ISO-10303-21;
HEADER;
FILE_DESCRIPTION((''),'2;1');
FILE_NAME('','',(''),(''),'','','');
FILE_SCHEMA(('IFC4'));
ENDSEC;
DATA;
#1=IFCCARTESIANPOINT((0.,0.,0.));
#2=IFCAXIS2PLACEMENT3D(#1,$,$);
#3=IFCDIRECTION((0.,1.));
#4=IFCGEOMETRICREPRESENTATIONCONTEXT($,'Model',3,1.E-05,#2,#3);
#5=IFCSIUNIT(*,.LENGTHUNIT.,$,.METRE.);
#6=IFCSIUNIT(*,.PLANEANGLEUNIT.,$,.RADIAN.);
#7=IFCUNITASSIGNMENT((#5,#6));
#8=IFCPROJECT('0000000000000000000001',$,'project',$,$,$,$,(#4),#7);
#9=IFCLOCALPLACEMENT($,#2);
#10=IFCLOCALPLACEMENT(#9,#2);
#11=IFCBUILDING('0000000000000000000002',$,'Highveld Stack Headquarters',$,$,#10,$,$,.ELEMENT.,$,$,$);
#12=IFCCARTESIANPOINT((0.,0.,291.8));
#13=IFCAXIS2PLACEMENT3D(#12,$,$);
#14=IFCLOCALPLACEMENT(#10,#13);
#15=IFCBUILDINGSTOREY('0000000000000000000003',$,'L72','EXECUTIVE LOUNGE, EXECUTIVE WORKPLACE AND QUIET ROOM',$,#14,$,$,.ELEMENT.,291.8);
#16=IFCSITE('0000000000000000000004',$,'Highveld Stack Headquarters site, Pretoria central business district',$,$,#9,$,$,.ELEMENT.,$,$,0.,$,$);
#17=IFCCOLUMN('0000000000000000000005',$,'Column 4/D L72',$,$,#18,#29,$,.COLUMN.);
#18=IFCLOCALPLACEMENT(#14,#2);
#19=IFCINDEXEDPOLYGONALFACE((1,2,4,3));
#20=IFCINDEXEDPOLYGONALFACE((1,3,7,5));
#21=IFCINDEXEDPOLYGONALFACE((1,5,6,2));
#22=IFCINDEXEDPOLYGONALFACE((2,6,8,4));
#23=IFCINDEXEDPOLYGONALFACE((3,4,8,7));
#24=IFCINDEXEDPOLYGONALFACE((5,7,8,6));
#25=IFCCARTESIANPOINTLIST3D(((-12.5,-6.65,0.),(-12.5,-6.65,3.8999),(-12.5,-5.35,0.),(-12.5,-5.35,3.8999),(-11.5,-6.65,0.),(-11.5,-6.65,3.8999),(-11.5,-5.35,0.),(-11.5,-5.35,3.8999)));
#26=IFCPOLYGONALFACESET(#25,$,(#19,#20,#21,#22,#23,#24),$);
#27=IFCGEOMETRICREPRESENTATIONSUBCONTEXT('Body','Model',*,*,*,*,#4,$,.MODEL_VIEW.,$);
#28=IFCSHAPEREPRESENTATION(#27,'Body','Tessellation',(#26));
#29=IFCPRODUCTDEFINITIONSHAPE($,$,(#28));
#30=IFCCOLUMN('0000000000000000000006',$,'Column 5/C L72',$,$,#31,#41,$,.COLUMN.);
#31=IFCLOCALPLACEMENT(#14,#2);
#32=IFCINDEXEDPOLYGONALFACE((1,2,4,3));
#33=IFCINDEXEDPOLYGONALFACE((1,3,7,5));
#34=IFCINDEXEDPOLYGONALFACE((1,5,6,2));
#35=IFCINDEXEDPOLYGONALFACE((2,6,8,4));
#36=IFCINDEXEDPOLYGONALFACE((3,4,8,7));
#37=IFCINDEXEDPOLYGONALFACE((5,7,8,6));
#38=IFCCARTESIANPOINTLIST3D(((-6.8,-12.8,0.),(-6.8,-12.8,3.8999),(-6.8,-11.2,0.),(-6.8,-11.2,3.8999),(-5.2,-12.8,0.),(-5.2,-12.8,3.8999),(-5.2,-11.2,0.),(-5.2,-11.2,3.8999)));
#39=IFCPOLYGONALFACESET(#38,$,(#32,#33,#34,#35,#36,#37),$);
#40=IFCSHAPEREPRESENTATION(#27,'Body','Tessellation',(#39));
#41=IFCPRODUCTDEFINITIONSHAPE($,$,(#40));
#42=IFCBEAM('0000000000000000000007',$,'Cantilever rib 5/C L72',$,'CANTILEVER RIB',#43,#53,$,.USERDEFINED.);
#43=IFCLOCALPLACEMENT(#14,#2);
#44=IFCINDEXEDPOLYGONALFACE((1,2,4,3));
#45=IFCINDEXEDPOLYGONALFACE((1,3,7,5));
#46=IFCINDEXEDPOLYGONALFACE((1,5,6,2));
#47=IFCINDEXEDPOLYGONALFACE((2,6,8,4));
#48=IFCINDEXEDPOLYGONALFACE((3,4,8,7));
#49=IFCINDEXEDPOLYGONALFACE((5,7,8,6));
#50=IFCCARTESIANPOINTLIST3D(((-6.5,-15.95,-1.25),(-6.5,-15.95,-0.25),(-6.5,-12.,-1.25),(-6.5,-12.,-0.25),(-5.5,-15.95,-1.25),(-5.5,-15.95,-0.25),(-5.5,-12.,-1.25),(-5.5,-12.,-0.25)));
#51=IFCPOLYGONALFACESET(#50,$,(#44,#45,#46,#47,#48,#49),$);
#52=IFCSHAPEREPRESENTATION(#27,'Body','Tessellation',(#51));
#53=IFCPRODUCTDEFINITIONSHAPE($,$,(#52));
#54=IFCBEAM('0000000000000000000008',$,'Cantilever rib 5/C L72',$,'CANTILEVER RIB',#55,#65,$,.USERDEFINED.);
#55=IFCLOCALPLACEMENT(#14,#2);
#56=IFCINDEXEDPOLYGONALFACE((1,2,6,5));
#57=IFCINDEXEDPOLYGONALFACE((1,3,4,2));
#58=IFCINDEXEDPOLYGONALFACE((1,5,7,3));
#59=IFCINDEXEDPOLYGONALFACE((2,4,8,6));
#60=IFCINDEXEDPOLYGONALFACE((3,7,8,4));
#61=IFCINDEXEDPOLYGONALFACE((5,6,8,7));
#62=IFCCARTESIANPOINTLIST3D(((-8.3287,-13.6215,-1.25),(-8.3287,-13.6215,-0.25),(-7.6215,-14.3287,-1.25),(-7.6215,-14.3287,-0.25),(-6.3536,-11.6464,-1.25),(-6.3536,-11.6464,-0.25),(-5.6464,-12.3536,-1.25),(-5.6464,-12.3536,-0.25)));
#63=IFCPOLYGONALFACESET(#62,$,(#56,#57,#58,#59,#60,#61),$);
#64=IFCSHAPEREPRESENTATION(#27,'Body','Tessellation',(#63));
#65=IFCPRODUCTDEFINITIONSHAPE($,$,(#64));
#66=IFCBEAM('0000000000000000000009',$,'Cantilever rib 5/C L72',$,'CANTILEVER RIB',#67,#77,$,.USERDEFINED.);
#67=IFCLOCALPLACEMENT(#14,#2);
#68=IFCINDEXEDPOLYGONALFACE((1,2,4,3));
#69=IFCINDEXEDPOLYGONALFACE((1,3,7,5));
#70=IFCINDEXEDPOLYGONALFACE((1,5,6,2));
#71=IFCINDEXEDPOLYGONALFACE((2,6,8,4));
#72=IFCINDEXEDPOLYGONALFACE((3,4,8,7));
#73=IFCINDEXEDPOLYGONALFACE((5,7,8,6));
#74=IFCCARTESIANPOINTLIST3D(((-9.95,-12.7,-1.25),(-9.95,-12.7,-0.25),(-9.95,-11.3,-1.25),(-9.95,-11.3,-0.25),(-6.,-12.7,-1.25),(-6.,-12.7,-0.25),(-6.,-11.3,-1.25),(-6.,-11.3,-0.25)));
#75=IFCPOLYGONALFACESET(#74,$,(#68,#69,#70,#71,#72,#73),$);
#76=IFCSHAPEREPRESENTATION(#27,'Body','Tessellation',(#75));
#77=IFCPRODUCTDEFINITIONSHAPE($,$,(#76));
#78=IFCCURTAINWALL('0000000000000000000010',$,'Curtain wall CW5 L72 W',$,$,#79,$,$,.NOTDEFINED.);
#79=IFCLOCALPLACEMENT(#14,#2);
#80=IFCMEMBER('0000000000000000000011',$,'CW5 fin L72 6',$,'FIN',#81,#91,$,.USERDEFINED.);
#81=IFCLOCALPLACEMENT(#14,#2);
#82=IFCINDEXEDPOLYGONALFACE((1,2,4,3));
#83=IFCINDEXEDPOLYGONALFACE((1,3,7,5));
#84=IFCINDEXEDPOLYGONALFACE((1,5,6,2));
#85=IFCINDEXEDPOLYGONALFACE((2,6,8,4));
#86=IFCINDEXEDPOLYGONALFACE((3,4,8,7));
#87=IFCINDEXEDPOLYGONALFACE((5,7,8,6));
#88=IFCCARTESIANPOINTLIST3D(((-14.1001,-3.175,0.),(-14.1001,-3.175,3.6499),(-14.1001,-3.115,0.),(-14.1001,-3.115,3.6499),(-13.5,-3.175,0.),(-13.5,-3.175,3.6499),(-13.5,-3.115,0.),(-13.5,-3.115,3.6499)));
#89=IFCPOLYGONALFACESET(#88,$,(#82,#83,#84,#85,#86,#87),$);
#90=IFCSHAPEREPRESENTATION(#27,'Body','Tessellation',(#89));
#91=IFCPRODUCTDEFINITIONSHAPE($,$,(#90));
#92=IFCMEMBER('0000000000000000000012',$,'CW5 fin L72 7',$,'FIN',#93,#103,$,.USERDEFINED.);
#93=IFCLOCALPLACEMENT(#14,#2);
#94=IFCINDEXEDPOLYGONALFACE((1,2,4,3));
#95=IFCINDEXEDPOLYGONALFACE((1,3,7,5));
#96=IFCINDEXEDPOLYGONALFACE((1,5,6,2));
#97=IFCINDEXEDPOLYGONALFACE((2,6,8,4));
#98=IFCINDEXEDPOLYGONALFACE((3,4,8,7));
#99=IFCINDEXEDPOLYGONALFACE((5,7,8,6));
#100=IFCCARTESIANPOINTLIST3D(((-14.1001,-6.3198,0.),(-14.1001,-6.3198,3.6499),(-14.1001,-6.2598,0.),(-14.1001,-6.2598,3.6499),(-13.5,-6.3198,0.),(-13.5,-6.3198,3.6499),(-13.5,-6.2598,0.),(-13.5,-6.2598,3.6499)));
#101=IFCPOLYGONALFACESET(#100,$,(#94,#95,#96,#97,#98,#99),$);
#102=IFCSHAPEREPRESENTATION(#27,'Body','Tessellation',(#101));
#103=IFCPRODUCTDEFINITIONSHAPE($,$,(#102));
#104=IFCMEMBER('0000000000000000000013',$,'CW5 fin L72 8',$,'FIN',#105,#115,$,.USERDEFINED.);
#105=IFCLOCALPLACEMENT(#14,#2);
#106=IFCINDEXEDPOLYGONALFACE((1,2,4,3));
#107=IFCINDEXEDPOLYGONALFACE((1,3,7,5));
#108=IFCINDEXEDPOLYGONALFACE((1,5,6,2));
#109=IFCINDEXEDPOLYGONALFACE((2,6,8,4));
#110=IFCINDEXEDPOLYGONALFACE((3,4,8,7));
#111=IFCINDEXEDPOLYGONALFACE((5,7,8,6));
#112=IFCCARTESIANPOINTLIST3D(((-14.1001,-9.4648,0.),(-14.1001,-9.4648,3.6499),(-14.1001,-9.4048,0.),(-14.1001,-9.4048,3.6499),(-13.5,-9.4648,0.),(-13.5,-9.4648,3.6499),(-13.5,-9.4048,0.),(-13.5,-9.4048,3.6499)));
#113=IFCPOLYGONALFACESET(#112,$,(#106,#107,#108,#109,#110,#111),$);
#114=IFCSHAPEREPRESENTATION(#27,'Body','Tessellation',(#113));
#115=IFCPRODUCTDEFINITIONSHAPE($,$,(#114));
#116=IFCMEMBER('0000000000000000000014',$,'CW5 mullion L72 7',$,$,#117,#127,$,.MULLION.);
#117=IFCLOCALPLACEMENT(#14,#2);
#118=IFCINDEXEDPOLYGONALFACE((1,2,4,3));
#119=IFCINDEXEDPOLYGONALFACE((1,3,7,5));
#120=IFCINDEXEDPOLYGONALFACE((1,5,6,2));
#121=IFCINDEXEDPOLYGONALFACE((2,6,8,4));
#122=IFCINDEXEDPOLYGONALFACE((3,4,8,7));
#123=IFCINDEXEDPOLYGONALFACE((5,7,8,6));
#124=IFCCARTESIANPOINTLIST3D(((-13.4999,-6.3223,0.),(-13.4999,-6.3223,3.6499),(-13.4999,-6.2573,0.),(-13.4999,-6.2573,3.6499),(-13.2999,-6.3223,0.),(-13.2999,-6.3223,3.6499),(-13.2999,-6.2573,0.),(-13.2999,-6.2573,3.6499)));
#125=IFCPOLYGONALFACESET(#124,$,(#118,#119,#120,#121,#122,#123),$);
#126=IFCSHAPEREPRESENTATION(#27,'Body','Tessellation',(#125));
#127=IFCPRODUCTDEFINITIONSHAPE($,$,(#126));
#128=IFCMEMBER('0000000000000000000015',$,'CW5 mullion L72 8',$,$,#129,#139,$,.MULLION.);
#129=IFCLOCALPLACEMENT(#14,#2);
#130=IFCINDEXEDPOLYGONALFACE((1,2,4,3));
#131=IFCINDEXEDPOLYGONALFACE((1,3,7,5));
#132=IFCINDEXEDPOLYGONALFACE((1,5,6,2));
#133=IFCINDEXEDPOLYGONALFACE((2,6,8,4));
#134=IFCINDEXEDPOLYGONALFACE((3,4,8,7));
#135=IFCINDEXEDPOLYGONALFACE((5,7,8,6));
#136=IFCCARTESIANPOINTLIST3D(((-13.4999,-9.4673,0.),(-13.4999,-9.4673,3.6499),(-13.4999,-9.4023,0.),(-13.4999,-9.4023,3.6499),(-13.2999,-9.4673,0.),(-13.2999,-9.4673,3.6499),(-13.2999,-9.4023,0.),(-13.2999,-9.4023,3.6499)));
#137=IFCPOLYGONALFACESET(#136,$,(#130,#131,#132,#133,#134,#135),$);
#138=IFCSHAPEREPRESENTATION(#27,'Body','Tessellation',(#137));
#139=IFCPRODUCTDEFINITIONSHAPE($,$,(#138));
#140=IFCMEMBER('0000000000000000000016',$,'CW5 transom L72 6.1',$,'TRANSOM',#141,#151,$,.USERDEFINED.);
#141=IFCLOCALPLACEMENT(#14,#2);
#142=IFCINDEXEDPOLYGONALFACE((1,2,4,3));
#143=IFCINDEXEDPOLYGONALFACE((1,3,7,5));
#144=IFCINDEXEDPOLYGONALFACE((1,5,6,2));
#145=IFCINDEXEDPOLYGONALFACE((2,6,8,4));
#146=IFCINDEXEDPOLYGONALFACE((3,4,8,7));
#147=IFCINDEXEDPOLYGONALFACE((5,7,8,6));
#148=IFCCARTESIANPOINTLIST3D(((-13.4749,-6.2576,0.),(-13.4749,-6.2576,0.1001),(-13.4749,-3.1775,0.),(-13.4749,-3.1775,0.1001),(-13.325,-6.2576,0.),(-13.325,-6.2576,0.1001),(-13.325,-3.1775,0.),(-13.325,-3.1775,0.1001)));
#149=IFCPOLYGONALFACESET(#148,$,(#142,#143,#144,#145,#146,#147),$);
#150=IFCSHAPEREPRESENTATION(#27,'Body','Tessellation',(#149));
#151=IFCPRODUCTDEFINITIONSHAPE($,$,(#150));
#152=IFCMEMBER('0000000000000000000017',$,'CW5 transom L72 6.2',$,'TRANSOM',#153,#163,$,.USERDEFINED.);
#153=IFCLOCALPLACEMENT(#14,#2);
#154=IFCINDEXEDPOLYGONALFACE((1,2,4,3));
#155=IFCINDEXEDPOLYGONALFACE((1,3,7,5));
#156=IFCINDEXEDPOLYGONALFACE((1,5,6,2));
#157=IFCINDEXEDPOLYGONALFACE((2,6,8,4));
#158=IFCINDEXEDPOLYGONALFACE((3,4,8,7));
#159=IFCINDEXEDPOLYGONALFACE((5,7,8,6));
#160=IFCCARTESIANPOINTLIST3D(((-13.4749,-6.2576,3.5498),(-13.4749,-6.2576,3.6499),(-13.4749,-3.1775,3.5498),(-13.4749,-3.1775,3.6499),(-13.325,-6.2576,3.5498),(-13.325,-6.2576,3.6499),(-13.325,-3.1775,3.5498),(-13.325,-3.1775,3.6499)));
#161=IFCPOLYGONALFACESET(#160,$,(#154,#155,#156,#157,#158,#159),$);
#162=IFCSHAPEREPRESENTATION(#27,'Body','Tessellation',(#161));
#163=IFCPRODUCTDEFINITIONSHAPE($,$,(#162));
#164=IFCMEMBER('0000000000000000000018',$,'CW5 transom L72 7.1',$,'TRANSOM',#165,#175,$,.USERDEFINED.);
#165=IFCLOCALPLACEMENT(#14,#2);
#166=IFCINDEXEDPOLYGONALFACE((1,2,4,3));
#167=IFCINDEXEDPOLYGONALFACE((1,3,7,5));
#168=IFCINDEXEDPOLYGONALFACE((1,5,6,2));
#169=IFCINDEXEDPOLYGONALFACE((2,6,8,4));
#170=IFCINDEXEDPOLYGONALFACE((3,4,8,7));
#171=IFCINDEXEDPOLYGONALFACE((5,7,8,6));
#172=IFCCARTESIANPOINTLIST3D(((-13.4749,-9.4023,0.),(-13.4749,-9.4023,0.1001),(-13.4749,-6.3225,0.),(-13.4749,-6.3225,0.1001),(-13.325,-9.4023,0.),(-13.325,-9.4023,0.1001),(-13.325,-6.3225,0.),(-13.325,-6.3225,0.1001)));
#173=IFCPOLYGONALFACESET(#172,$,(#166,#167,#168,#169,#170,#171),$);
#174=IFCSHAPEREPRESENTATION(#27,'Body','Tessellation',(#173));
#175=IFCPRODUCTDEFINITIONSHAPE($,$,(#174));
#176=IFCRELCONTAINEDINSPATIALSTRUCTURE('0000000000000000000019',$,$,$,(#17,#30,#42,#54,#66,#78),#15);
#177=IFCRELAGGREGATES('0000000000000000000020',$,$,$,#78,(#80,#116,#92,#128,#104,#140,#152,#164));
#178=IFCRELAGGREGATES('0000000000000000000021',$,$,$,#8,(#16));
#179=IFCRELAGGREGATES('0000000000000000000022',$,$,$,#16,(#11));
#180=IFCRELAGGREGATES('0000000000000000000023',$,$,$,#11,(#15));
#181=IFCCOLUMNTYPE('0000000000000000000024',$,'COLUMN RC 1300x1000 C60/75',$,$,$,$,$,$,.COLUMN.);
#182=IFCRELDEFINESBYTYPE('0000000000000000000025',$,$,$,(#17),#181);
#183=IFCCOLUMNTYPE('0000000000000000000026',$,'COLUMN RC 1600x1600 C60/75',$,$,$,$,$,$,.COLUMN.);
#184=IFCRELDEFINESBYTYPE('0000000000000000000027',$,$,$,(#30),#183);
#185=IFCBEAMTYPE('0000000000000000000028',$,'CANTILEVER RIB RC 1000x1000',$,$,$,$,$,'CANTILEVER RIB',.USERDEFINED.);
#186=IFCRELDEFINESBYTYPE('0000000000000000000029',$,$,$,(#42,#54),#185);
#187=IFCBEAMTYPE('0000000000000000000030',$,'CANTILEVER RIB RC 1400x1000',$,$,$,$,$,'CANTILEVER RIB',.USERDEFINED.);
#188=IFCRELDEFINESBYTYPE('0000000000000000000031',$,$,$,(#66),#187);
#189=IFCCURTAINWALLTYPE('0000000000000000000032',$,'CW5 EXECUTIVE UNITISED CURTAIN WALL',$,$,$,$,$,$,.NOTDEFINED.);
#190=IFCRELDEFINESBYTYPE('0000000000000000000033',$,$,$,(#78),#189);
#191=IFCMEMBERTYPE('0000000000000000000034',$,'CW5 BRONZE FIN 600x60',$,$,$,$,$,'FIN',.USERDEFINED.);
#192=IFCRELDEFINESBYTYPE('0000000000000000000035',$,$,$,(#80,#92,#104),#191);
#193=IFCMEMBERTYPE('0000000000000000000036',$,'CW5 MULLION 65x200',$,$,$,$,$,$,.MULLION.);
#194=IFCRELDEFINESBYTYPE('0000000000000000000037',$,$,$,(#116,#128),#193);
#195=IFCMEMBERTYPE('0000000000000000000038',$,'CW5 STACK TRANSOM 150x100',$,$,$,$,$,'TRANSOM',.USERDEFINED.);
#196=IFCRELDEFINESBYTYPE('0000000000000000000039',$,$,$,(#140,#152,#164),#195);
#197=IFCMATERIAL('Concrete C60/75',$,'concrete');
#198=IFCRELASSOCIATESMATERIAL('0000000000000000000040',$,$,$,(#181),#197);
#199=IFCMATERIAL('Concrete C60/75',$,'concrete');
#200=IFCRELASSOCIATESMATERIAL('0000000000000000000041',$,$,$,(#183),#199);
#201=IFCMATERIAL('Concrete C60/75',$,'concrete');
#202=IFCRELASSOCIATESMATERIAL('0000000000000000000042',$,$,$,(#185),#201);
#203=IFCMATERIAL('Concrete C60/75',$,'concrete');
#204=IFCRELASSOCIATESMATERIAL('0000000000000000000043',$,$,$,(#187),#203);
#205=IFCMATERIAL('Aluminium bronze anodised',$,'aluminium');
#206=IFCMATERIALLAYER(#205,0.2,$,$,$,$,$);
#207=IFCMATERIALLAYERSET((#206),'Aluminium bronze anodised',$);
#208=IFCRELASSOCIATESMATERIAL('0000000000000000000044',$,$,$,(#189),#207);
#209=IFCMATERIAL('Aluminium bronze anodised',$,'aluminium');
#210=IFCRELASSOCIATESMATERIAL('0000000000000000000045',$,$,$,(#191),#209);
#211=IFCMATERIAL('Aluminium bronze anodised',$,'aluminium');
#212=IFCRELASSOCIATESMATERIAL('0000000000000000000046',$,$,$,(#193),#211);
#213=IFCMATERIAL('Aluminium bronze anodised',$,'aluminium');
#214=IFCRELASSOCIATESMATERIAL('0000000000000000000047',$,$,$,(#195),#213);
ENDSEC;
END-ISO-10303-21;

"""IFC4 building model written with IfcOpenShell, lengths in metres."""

from ifc_helpers import new_model, si_unit, direction, frame, origin, origin_2d, place, context, subcontext, project, spatial, rectangle, extrude, material, layer, layer_set, material_profile, profile_set, type_object, element, aggregate, save


model = new_model("IFC4")

# Units and contexts
model_context = context("Model", 3, precision=1e-05, world=origin(), true_north=direction((0.0, 1.0)))
body_context = subcontext(model_context, "Body", "Model", "MODEL_VIEW")
ifc_project = project(units=[si_unit("LENGTHUNIT", "METRE"), si_unit("PLANEANGLEUNIT", "RADIAN")], contexts=[model_context])

# Site, building, storey
site_placement = place(None, origin())
site = spatial("IfcSite", under=ifc_project, at=site_placement, Name="Highveld Stack Headquarters site, Pretoria central business district", CompositionType="ELEMENT", RefElevation=0.0)
building_placement = place(site_placement, origin())
building = spatial("IfcBuilding", under=site, at=building_placement, Name="Highveld Stack Headquarters", CompositionType="ELEMENT")
storey_placement = place(building_placement, frame((0.0, 0.0, 291.8)))
storey = spatial("IfcBuildingStorey", under=building, at=storey_placement, Name="L72", Description="EXECUTIVE LOUNGE, EXECUTIVE WORKPLACE AND QUIET ROOM", CompositionType="ELEMENT", Elevation=291.8)

# Columns
ifc_material_1 = material(Name="Concrete C60/75", Category="concrete")
ifc_material_profile_1 = material_profile(ifc_material_1, rectangle(XDim=1.3, YDim=1.0, at=origin_2d()), Name="RC 1300x1000")
ifc_profile_set_1 = profile_set([ifc_material_profile_1], Name="Concrete C60/75")
column_type_1 = type_object("IfcColumnType", Name="COLUMN RC 1300x1000 C60/75", PredefinedType="COLUMN", material=ifc_profile_set_1)
column_1_placement = place(storey_placement, frame((-12.0, -6.0, 0.0), z_axis=(0.0, 0.0, 1.0), x_axis=(0.0, 1.0, 0.0)))
element("IfcColumn", 1, at=column_1_placement, inside=storey, type_object=column_type_1, Name="Column 4/D L72", PredefinedType="COLUMN", context=body_context, shape_type="SweptSolid", body=[
    extrude(rectangle(XDim=1.3, YDim=1.0, at=origin_2d()), origin(), (0.0, 0.0, 1.0), 3.8999),
])
ifc_material_2 = material(Name="Concrete C60/75", Category="concrete")
ifc_material_profile_2 = material_profile(ifc_material_2, rectangle(XDim=1.6001, YDim=1.6001, at=origin_2d()), Name="RC 1600x1600")
ifc_profile_set_2 = profile_set([ifc_material_profile_2], Name="Concrete C60/75")
column_type_2 = type_object("IfcColumnType", Name="COLUMN RC 1600x1600 C60/75", PredefinedType="COLUMN", material=ifc_profile_set_2)
column_2_placement = place(storey_placement, frame((-6.0, -12.0, 0.0), z_axis=(0.0, 0.0, 1.0), x_axis=(1.0, 0.0, 0.0)))
element("IfcColumn", 2, at=column_2_placement, inside=storey, type_object=column_type_2, Name="Column 5/C L72", PredefinedType="COLUMN", context=body_context, shape_type="SweptSolid", body=[
    extrude(rectangle(XDim=1.6001, YDim=1.6001, at=origin_2d()), origin(), (0.0, 0.0, 1.0), 3.8999),
])

# Beams
ifc_material_3 = material(Name="Concrete C60/75", Category="concrete")
ifc_material_profile_3 = material_profile(ifc_material_3, rectangle(XDim=1.0, YDim=1.0, at=origin_2d()), Name="RC 1000x1000")
ifc_profile_set_3 = profile_set([ifc_material_profile_3], Name="Concrete C60/75")
beam_type_1 = type_object("IfcBeamType", Name="CANTILEVER RIB RC 1000x1000", ElementType="CANTILEVER RIB", PredefinedType="USERDEFINED", material=ifc_profile_set_3)
beam_1_placement = place(storey_placement, frame((-6.0, -12.0, -0.75), z_axis=(0.0, -1.0, 0.0), x_axis=(1.0, 0.0, 0.0)))
element("IfcBeam", 3, at=beam_1_placement, inside=storey, type_object=beam_type_1, Name="Cantilever rib 5/C L72", ObjectType="CANTILEVER RIB", PredefinedType="USERDEFINED", context=body_context, shape_type="SweptSolid", body=[
    extrude(rectangle(XDim=1.0, YDim=1.0, at=origin_2d()), origin(), (0.0, 0.0, 1.0), 3.95),
])
beam_2_placement = place(storey_placement, frame((-6.0, -12.0, -0.75), z_axis=(-0.707107, -0.707107, 0.0), x_axis=(0.707107, -0.707107, 0.0)))
element("IfcBeam", 4, at=beam_2_placement, inside=storey, type_object=beam_type_1, Name="Cantilever rib 5/C L72", ObjectType="CANTILEVER RIB", PredefinedType="USERDEFINED", context=body_context, shape_type="SweptSolid", body=[
    extrude(rectangle(XDim=1.0, YDim=1.0, at=origin_2d()), origin(), (0.0, 0.0, 1.0), 2.7932),
])
ifc_material_4 = material(Name="Concrete C60/75", Category="concrete")
ifc_material_profile_4 = material_profile(ifc_material_4, rectangle(XDim=1.3999, YDim=1.0, at=origin_2d()), Name="RC 1400x1000")
ifc_profile_set_4 = profile_set([ifc_material_profile_4], Name="Concrete C60/75")
beam_type_2 = type_object("IfcBeamType", Name="CANTILEVER RIB RC 1400x1000", ElementType="CANTILEVER RIB", PredefinedType="USERDEFINED", material=ifc_profile_set_4)
beam_3_placement = place(storey_placement, frame((-6.0, -12.0, -0.75), z_axis=(-1.0, 0.0, 0.0), x_axis=(0.0, -1.0, 0.0)))
element("IfcBeam", 5, at=beam_3_placement, inside=storey, type_object=beam_type_2, Name="Cantilever rib 5/C L72", ObjectType="CANTILEVER RIB", PredefinedType="USERDEFINED", context=body_context, shape_type="SweptSolid", body=[
    extrude(rectangle(XDim=1.3999, YDim=1.0, at=origin_2d()), origin(), (0.0, 0.0, 1.0), 3.95),
])

# Curtain wall, members
ifc_material_5 = material(Name="Aluminium bronze anodised", Category="aluminium")
ifc_layer_1 = layer(ifc_material_5, 0.2)
ifc_layer_set_1 = layer_set([ifc_layer_1], Name="Aluminium bronze anodised")
curtain_wall_type = type_object("IfcCurtainWallType", Name="CW5 EXECUTIVE UNITISED CURTAIN WALL", PredefinedType="NOTDEFINED", material=ifc_layer_set_1)
curtain_wall_placement = place(storey_placement, origin())
curtain_wall = element("IfcCurtainWall", 6, at=curtain_wall_placement, inside=storey, type_object=curtain_wall_type, Name="Curtain wall CW5 L72 W", PredefinedType="NOTDEFINED")
ifc_material_6 = material(Name="Aluminium bronze anodised", Category="aluminium")
ifc_material_profile_5 = material_profile(ifc_material_6, rectangle(XDim=0.6001, YDim=0.0601, at=origin_2d()), Name="FIN 600x60")
ifc_profile_set_5 = profile_set([ifc_material_profile_5], Name="Aluminium bronze anodised")
member_type_1 = type_object("IfcMemberType", Name="CW5 BRONZE FIN 600x60", ElementType="FIN", PredefinedType="USERDEFINED", material=ifc_profile_set_5)
member_1_placement = place(storey_placement, frame((-13.8, -3.145, 0.0), z_axis=(0.0, 0.0, 1.0), x_axis=(1.0, 0.0, 0.0)))
member_1 = element("IfcMember", 7, at=member_1_placement, type_object=member_type_1, Name="CW5 fin L72 6", ObjectType="FIN", PredefinedType="USERDEFINED", context=body_context, shape_type="SweptSolid", body=[
    extrude(rectangle(XDim=0.6001, YDim=0.0601, at=origin_2d()), origin(), (0.0, 0.0, 1.0), 3.6499),
])
member_2_placement = place(storey_placement, frame((-13.8, -6.2898, 0.0), z_axis=(0.0, 0.0, 1.0), x_axis=(1.0, 0.0, 0.0)))
member_2 = element("IfcMember", 8, at=member_2_placement, type_object=member_type_1, Name="CW5 fin L72 7", ObjectType="FIN", PredefinedType="USERDEFINED", context=body_context, shape_type="SweptSolid", body=[
    extrude(rectangle(XDim=0.6001, YDim=0.0601, at=origin_2d()), origin(), (0.0, 0.0, 1.0), 3.6499),
])
member_3_placement = place(storey_placement, frame((-13.8, -9.4348, 0.0), z_axis=(0.0, 0.0, 1.0), x_axis=(1.0, 0.0, 0.0)))
member_3 = element("IfcMember", 9, at=member_3_placement, type_object=member_type_1, Name="CW5 fin L72 8", ObjectType="FIN", PredefinedType="USERDEFINED", context=body_context, shape_type="SweptSolid", body=[
    extrude(rectangle(XDim=0.6001, YDim=0.0601, at=origin_2d()), origin(), (0.0, 0.0, 1.0), 3.6499),
])
ifc_material_7 = material(Name="Aluminium bronze anodised", Category="aluminium")
ifc_material_profile_6 = material_profile(ifc_material_7, rectangle(XDim=0.2, YDim=0.0649, at=origin_2d()), Name="CW5 MULLION 65x200")
ifc_profile_set_6 = profile_set([ifc_material_profile_6], Name="Aluminium bronze anodised")
member_type_2 = type_object("IfcMemberType", Name="CW5 MULLION 65x200", PredefinedType="MULLION", material=ifc_profile_set_6)
member_4_placement = place(storey_placement, frame((-13.3999, -6.2898, 0.0), z_axis=(0.0, 0.0, 1.0), x_axis=(1.0, 0.0, 0.0)))
member_4 = element("IfcMember", 10, at=member_4_placement, type_object=member_type_2, Name="CW5 mullion L72 7", PredefinedType="MULLION", context=body_context, shape_type="SweptSolid", body=[
    extrude(rectangle(XDim=0.2, YDim=0.0649, at=origin_2d()), origin(), (0.0, 0.0, 1.0), 3.6499),
])
member_5_placement = place(storey_placement, frame((-13.3999, -9.4348, 0.0), z_axis=(0.0, 0.0, 1.0), x_axis=(1.0, 0.0, 0.0)))
member_5 = element("IfcMember", 11, at=member_5_placement, type_object=member_type_2, Name="CW5 mullion L72 8", PredefinedType="MULLION", context=body_context, shape_type="SweptSolid", body=[
    extrude(rectangle(XDim=0.2, YDim=0.0649, at=origin_2d()), origin(), (0.0, 0.0, 1.0), 3.6499),
])
ifc_material_8 = material(Name="Aluminium bronze anodised", Category="aluminium")
ifc_material_profile_7 = material_profile(ifc_material_8, rectangle(XDim=0.1499, YDim=0.1001, at=origin_2d()), Name="CW5 TRANSOM 150x100")
ifc_profile_set_7 = profile_set([ifc_material_profile_7], Name="Aluminium bronze anodised")
member_type_3 = type_object("IfcMemberType", Name="CW5 STACK TRANSOM 150x100", ElementType="TRANSOM", PredefinedType="USERDEFINED", material=ifc_profile_set_7)
member_6_placement = place(storey_placement, frame((-13.3999, -3.1775, 0.05), z_axis=(0.0, -1.0, 0.0), x_axis=(1.0, 0.0, 0.0)))
member_6 = element("IfcMember", 12, at=member_6_placement, type_object=member_type_3, Name="CW5 transom L72 6.1", ObjectType="TRANSOM", PredefinedType="USERDEFINED", context=body_context, shape_type="SweptSolid", body=[
    extrude(rectangle(XDim=0.1499, YDim=0.1001, at=origin_2d()), origin(), (0.0, 0.0, 1.0), 3.0801),
])
member_7_placement = place(storey_placement, frame((-13.3999, -3.1775, 3.5999), z_axis=(0.0, -1.0, 0.0), x_axis=(1.0, 0.0, 0.0)))
member_7 = element("IfcMember", 13, at=member_7_placement, type_object=member_type_3, Name="CW5 transom L72 6.2", ObjectType="TRANSOM", PredefinedType="USERDEFINED", context=body_context, shape_type="SweptSolid", body=[
    extrude(rectangle(XDim=0.1499, YDim=0.1001, at=origin_2d()), origin(), (0.0, 0.0, 1.0), 3.0801),
])
member_8_placement = place(storey_placement, frame((-13.3999, -6.3225, 0.05), z_axis=(0.0, -1.0, 0.0), x_axis=(1.0, 0.0, 0.0)))
member_8 = element("IfcMember", 14, at=member_8_placement, type_object=member_type_3, Name="CW5 transom L72 7.1", ObjectType="TRANSOM", PredefinedType="USERDEFINED", context=body_context, shape_type="SweptSolid", body=[
    extrude(rectangle(XDim=0.1499, YDim=0.1001, at=origin_2d()), origin(), (0.0, 0.0, 1.0), 3.0798),
])

aggregate(curtain_wall, [member_1, member_4, member_2, member_5, member_3, member_6, member_7, member_8])

save(model, "model.ifc")
